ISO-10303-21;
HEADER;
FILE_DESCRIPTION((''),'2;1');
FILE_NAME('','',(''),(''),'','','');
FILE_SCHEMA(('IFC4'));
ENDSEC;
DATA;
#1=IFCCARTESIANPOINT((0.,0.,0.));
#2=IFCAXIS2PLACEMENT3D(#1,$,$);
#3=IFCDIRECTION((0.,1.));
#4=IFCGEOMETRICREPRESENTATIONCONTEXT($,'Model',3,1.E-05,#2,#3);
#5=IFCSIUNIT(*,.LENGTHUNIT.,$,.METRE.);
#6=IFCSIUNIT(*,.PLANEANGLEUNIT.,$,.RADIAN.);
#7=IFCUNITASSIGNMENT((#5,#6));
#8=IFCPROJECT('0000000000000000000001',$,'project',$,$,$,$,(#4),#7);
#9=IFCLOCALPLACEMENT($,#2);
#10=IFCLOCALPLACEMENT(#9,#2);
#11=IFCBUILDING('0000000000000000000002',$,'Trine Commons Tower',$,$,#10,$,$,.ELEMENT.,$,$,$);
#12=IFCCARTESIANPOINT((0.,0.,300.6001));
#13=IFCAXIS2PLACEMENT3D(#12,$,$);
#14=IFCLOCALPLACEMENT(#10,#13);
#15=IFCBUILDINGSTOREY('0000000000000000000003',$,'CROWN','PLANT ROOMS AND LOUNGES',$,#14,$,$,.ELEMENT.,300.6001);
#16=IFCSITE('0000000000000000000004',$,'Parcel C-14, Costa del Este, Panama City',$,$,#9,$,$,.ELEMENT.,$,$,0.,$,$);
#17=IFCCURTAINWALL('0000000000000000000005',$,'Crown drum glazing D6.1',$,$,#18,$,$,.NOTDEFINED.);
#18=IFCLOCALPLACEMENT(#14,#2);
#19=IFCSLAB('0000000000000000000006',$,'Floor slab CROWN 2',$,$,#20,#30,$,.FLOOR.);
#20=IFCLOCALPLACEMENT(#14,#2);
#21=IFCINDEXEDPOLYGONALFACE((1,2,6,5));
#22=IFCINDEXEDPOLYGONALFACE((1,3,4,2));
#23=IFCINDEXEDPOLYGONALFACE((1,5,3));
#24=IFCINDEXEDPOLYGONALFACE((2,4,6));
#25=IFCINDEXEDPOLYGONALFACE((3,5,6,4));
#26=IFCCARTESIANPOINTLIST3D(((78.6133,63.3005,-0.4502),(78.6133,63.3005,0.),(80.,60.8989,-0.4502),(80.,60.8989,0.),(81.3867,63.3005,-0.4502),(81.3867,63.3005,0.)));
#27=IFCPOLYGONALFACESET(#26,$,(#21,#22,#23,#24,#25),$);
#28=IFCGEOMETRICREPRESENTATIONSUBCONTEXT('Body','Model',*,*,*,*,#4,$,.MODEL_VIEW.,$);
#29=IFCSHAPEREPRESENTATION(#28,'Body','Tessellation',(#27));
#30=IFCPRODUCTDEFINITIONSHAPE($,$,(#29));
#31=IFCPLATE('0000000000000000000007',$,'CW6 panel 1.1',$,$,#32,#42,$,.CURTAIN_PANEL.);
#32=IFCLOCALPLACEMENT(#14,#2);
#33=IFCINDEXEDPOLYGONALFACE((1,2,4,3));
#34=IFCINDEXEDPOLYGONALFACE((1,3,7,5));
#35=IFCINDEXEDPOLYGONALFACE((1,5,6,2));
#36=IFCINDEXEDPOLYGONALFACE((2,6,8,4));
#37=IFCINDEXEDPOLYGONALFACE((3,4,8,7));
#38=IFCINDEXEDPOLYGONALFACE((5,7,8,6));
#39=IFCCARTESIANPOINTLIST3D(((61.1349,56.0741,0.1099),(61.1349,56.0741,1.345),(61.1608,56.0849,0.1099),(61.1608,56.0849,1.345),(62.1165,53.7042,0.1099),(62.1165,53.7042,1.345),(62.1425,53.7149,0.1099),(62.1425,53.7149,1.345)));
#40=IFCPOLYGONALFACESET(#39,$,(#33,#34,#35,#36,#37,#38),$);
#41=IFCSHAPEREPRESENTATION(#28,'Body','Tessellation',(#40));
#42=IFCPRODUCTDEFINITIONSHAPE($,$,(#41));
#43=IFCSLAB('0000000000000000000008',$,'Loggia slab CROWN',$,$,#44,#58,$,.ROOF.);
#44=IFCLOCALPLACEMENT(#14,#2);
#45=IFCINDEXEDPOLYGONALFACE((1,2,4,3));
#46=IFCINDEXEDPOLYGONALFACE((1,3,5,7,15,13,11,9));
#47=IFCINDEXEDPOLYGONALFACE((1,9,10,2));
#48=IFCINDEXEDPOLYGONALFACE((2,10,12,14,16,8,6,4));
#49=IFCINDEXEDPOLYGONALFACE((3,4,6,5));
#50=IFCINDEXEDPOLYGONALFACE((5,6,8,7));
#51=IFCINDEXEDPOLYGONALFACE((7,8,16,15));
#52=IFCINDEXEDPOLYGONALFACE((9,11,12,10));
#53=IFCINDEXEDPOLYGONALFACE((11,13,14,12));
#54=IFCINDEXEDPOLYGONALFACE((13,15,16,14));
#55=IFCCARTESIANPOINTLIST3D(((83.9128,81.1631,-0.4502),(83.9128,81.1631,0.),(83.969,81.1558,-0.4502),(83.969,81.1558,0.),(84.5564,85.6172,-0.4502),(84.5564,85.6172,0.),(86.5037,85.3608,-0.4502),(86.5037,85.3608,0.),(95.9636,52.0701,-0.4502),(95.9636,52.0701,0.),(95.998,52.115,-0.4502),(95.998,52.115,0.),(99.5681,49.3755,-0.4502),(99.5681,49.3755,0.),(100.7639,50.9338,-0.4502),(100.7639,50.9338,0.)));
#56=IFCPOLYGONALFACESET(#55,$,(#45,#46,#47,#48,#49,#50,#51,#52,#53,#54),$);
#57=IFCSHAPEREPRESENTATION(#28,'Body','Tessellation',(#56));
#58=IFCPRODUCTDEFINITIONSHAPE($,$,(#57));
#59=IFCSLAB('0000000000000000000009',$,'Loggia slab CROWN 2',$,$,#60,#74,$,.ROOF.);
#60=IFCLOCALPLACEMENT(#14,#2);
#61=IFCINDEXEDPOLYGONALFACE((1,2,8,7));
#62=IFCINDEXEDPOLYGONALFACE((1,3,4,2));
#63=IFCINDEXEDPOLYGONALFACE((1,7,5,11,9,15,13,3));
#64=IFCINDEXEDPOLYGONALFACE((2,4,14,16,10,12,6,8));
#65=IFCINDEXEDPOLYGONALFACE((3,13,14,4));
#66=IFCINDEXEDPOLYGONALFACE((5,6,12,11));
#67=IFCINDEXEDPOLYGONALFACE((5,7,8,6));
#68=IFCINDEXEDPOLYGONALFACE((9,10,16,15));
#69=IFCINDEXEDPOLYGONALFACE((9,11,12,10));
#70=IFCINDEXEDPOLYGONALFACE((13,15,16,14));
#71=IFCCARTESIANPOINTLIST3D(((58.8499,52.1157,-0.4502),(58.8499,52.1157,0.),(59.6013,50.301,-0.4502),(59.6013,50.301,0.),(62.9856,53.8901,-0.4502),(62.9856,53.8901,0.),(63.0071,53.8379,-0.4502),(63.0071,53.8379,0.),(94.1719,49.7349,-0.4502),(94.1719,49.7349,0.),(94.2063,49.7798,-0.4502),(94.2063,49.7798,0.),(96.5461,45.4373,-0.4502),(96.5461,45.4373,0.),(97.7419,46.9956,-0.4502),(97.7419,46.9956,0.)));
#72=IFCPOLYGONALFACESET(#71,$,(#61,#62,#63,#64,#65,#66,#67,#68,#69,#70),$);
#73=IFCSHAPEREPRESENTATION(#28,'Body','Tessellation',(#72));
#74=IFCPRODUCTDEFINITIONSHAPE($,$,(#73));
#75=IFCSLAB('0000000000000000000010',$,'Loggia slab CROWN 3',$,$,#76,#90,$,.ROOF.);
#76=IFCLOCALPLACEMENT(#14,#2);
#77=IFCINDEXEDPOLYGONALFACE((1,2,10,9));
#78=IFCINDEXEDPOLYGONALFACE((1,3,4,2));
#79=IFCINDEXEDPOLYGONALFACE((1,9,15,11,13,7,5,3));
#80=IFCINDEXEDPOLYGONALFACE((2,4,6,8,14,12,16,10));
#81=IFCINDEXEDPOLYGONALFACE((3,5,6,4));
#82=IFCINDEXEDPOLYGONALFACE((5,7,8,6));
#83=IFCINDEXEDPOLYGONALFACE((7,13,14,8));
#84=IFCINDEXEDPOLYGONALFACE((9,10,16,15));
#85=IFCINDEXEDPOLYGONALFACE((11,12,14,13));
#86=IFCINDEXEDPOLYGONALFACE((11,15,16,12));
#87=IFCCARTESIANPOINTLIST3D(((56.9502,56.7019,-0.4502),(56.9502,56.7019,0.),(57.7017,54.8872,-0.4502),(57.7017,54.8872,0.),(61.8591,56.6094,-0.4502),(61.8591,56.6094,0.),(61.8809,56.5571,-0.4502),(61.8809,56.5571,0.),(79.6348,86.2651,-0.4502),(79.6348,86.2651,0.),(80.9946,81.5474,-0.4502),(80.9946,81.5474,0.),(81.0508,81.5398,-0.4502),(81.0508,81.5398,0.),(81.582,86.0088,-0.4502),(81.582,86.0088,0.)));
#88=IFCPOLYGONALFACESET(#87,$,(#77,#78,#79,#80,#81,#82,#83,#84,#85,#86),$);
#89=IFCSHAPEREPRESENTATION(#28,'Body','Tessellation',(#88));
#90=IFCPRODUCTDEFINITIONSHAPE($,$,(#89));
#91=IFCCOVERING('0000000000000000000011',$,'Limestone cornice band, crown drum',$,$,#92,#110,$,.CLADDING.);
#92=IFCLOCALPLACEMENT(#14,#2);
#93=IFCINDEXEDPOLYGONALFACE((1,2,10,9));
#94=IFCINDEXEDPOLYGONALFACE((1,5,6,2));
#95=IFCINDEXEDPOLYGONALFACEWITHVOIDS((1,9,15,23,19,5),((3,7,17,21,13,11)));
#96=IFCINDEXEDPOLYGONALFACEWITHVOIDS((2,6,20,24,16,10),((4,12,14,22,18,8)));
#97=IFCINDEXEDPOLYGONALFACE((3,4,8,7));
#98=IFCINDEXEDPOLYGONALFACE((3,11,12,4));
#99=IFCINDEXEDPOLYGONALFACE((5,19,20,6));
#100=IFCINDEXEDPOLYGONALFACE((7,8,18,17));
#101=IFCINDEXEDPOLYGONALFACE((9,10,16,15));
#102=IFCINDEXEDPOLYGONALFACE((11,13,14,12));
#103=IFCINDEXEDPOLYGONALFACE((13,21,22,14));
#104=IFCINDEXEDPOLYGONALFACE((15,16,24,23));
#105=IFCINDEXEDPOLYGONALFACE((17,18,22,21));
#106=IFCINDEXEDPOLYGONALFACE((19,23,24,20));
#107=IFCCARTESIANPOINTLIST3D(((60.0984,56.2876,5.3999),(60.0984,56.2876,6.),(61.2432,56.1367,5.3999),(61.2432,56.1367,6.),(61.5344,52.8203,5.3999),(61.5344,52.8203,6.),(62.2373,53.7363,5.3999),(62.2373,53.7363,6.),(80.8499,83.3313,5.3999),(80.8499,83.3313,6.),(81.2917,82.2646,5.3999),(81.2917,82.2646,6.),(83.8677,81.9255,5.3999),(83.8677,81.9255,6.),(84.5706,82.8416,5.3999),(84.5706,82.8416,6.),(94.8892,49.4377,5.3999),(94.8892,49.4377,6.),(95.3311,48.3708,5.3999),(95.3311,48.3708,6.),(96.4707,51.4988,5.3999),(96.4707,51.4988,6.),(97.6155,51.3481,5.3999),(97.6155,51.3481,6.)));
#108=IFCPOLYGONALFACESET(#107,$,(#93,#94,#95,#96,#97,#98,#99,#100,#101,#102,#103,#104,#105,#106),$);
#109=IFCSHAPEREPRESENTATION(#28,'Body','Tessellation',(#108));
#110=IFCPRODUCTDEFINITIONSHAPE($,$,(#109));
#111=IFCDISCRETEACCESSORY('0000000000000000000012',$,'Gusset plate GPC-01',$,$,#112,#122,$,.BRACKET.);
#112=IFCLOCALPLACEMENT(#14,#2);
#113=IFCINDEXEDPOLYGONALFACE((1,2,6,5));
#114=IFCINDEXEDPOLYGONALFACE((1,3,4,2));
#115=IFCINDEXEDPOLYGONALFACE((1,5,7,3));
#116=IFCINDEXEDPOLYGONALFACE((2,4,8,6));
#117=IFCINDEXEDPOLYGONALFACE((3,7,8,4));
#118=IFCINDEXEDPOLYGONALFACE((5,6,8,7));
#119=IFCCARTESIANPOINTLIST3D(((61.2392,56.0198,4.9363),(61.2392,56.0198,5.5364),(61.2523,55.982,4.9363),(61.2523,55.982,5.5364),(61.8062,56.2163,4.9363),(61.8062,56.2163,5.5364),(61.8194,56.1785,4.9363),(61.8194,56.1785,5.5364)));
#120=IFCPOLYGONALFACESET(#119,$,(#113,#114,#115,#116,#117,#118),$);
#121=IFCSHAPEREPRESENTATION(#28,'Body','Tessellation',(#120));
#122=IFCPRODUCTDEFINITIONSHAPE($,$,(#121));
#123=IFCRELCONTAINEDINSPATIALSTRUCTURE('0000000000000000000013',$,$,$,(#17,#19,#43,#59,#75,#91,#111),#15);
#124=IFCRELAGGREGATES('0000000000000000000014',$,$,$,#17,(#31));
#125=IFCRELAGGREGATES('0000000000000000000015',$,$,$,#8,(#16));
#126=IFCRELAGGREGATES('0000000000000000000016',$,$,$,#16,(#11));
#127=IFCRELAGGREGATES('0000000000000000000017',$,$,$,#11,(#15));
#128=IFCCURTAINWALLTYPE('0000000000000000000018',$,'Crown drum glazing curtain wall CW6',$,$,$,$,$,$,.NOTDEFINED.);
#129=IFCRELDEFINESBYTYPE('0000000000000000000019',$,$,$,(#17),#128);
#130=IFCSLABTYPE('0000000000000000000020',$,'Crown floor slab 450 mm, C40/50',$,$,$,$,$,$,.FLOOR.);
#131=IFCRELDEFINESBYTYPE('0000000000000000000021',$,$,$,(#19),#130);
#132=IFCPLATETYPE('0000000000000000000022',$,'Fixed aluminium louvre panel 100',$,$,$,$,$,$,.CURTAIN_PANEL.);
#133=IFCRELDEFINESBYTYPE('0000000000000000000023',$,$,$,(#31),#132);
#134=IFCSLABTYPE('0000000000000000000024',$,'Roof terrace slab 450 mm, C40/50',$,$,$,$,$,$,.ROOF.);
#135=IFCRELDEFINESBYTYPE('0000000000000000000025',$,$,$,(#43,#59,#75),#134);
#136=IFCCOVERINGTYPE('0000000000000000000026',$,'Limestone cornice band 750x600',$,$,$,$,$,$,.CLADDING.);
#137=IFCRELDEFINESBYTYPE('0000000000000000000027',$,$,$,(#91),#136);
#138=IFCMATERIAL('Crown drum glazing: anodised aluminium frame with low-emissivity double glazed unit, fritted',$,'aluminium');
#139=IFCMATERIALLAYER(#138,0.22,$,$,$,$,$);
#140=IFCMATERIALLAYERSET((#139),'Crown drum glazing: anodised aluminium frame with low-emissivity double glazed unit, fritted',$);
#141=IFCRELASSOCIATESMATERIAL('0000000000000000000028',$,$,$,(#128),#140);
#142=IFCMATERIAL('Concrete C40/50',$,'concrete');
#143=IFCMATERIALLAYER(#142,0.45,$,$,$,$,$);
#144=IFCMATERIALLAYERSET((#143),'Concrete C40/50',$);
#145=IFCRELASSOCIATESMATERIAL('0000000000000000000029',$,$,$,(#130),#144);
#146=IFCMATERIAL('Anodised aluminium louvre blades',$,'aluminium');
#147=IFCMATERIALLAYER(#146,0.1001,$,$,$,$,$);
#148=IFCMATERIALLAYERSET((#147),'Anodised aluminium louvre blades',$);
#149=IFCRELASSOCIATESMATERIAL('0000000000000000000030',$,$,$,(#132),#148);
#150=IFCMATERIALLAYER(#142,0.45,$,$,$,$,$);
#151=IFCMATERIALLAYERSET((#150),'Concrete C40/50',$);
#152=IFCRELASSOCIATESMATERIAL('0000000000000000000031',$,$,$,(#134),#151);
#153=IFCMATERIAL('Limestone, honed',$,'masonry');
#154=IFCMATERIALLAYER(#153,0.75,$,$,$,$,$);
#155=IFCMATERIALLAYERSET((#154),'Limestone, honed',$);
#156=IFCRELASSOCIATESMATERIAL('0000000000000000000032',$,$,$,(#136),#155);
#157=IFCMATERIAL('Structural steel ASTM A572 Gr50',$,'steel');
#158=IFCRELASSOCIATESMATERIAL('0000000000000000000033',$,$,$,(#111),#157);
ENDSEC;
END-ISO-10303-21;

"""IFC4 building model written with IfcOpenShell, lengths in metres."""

from ifc_helpers import new_model, si_unit, direction, frame, origin, origin_2d, place, context, subcontext, project, spatial, polyline, rectangle, outline, extrude, material, layer, layer_set, type_object, element, aggregate, save


model = new_model("IFC4")

# Units and contexts
model_context = context("Model", 3, precision=1e-05, world=origin(), true_north=direction((0.0, 1.0)))
body_context = subcontext(model_context, "Body", "Model", "MODEL_VIEW")
ifc_project = project(units=[si_unit("LENGTHUNIT", "METRE"), si_unit("PLANEANGLEUNIT", "RADIAN")], contexts=[model_context])

# Site, building, storey
site_placement = place(None, origin())
site = spatial("IfcSite", under=ifc_project, at=site_placement, Name="Parcel C-14, Costa del Este, Panama City", CompositionType="ELEMENT", RefElevation=0.0)
building_placement = place(site_placement, origin())
building = spatial("IfcBuilding", under=site, at=building_placement, Name="Trine Commons Tower", CompositionType="ELEMENT")
storey_placement = place(building_placement, frame((0.0, 0.0, 300.6001)))
storey = spatial("IfcBuildingStorey", under=building, at=storey_placement, Name="CROWN", Description="PLANT ROOMS AND LOUNGES", CompositionType="ELEMENT", Elevation=300.6001)

# Curtain wall
ifc_material_1 = material(Name="Crown drum glazing: anodised aluminium frame with low-emissivity double glazed unit, fritted", Category="aluminium")
ifc_layer_1 = layer(ifc_material_1, 0.22)
ifc_layer_set_1 = layer_set([ifc_layer_1], Name="Crown drum glazing: anodised aluminium frame with low-emissivity double glazed unit, fritted")
curtain_wall_type = type_object("IfcCurtainWallType", Name="Crown drum glazing curtain wall CW6", PredefinedType="NOTDEFINED", material=ifc_layer_set_1)
curtain_wall_1_placement = place(storey_placement, origin())
curtain_wall_1 = element("IfcCurtainWall", 1, at=curtain_wall_1_placement, inside=storey, type_object=curtain_wall_type, Name="Crown drum glazing D6.1", PredefinedType="NOTDEFINED")

# Shared definitions
ifc_material_2 = material(Name="Concrete C40/50", Category="concrete")

# Slab
ifc_layer_2 = layer(ifc_material_2, 0.45)
ifc_layer_set_2 = layer_set([ifc_layer_2], Name="Concrete C40/50")
slab_type_1 = type_object("IfcSlabType", Name="Crown floor slab 450 mm, C40/50", PredefinedType="FLOOR", material=ifc_layer_set_2)
slab_1_placement = place(storey_placement, frame((0.0, 0.0, -0.4502)))
element("IfcSlab", 2, at=slab_1_placement, inside=storey, type_object=slab_type_1, Name="Floor slab CROWN 2", PredefinedType="FLOOR", context=body_context, shape_type="SweptSolid", body=[
    extrude(outline(polyline([(81.3867, 63.3005), (78.6133, 63.3005), (80.0, 60.8989), (81.3867, 63.3005)])), origin(), (0.0, 0.0, 1.0), 0.4502),
])

# Plate
ifc_material_3 = material(Name="Anodised aluminium louvre blades", Category="aluminium")
ifc_layer_3 = layer(ifc_material_3, 0.1001)
ifc_layer_set_3 = layer_set([ifc_layer_3], Name="Anodised aluminium louvre blades")
plate_type = type_object("IfcPlateType", Name="Fixed aluminium louvre panel 100", PredefinedType="CURTAIN_PANEL", material=ifc_layer_set_3)
plate_placement = place(storey_placement, frame((61.6387, 54.8945, 0.1099), z_axis=(0.0, 0.0, 1.0), x_axis=(0.382683, -0.92388, 0.0)))
plate = element("IfcPlate", 3, at=plate_placement, type_object=plate_type, Name="CW6 panel 1.1", PredefinedType="CURTAIN_PANEL", context=body_context, shape_type="SweptSolid", body=[
    extrude(rectangle(XDim=2.5652, YDim=0.0281, at=origin_2d()), origin(), (0.0, 0.0, 1.0), 1.2351),
])
aggregate(curtain_wall_1, [plate])

# Slabs
ifc_layer_4 = layer(ifc_material_2, 0.45)
ifc_layer_set_4 = layer_set([ifc_layer_4], Name="Concrete C40/50")
slab_type_2 = type_object("IfcSlabType", Name="Roof terrace slab 450 mm, C40/50", PredefinedType="ROOF", material=ifc_layer_set_4)
slab_2_placement = place(storey_placement, frame((0.0, 0.0, -0.4502)))
element("IfcSlab", 4, at=slab_2_placement, inside=storey, type_object=slab_type_2, Name="Loggia slab CROWN", PredefinedType="ROOF", context=body_context, shape_type="SweptSolid", body=[
    extrude(outline(polyline([(100.7639, 50.9338), (86.5037, 85.3608), (84.5564, 85.6172), (83.969, 81.1558), (83.9128, 81.1631), (95.9636, 52.0701), (95.998, 52.115), (99.5681, 49.3755), (100.7639, 50.9338)])), origin(), (0.0, 0.0, 1.0), 0.4502),
])
slab_3_placement = place(storey_placement, frame((0.0, 0.0, -0.4502)))
element("IfcSlab", 5, at=slab_3_placement, inside=storey, type_object=slab_type_2, Name="Loggia slab CROWN 2", PredefinedType="ROOF", context=body_context, shape_type="SweptSolid", body=[
    extrude(outline(polyline([(94.2063, 49.7798), (62.9856, 53.8901), (63.0071, 53.8379), (58.8499, 52.1157), (59.6013, 50.301), (96.5461, 45.4373), (97.7419, 46.9956), (94.1719, 49.7349), (94.2063, 49.7798)])), origin(), (0.0, 0.0, 1.0), 0.4502),
])
slab_4_placement = place(storey_placement, frame((0.0, 0.0, -0.4502)))
element("IfcSlab", 6, at=slab_4_placement, inside=storey, type_object=slab_type_2, Name="Loggia slab CROWN 3", PredefinedType="ROOF", context=body_context, shape_type="SweptSolid", body=[
    extrude(outline(polyline([(61.8809, 56.5571), (81.0508, 81.5398), (80.9946, 81.5474), (81.582, 86.0088), (79.6348, 86.2651), (56.9502, 56.7019), (57.7017, 54.8872), (61.8591, 56.6094), (61.8809, 56.5571)])), origin(), (0.0, 0.0, 1.0), 0.4502),
])

# Covering
ifc_material_4 = material(Name="Limestone, honed", Category="masonry")
ifc_layer_5 = layer(ifc_material_4, 0.75)
ifc_layer_set_5 = layer_set([ifc_layer_5], Name="Limestone, honed")
covering_type = type_object("IfcCoveringType", Name="Limestone cornice band 750x600", PredefinedType="CLADDING", material=ifc_layer_set_5)
covering_placement = place(storey_placement, frame((0.0, 0.0, 5.3999)))
element("IfcCovering", 7, at=covering_placement, inside=storey, type_object=covering_type, Name="Limestone cornice band, crown drum", PredefinedType="CLADDING", context=body_context, shape_type="SweptSolid", body=[
    extrude(outline(polyline([(61.5344, 52.8203), (95.3311, 48.3708), (97.6155, 51.3481), (84.5706, 82.8416), (80.8499, 83.3313), (60.0984, 56.2876), (61.5344, 52.8203)]), holes=[polyline([(62.2373, 53.7363), (94.8892, 49.4377), (96.4707, 51.4988), (83.8677, 81.9255), (81.2917, 82.2646), (61.2432, 56.1367), (62.2373, 53.7363)])]), origin(), (0.0, 0.0, 1.0), 0.6001),
])

# Discrete accessory
ifc_material_5 = material(Name="Structural steel ASTM A572 Gr50", Category="steel")
discrete_accessory_placement = place(storey_placement, frame((61.5293, 56.0991, 4.9363), z_axis=(0.0, 0.0, 1.0), x_axis=(-0.944872, -0.327441, 0.0)))
element("IfcDiscreteAccessory", 8, at=discrete_accessory_placement, inside=storey, material=ifc_material_5, Name="Gusset plate GPC-01", PredefinedType="BRACKET", context=body_context, shape_type="SweptSolid", body=[
    extrude(rectangle(XDim=0.6001, YDim=0.04, at=origin_2d()), origin(), (0.0, 0.0, 1.0), 0.6001),
])

save(model, "model.ifc")
